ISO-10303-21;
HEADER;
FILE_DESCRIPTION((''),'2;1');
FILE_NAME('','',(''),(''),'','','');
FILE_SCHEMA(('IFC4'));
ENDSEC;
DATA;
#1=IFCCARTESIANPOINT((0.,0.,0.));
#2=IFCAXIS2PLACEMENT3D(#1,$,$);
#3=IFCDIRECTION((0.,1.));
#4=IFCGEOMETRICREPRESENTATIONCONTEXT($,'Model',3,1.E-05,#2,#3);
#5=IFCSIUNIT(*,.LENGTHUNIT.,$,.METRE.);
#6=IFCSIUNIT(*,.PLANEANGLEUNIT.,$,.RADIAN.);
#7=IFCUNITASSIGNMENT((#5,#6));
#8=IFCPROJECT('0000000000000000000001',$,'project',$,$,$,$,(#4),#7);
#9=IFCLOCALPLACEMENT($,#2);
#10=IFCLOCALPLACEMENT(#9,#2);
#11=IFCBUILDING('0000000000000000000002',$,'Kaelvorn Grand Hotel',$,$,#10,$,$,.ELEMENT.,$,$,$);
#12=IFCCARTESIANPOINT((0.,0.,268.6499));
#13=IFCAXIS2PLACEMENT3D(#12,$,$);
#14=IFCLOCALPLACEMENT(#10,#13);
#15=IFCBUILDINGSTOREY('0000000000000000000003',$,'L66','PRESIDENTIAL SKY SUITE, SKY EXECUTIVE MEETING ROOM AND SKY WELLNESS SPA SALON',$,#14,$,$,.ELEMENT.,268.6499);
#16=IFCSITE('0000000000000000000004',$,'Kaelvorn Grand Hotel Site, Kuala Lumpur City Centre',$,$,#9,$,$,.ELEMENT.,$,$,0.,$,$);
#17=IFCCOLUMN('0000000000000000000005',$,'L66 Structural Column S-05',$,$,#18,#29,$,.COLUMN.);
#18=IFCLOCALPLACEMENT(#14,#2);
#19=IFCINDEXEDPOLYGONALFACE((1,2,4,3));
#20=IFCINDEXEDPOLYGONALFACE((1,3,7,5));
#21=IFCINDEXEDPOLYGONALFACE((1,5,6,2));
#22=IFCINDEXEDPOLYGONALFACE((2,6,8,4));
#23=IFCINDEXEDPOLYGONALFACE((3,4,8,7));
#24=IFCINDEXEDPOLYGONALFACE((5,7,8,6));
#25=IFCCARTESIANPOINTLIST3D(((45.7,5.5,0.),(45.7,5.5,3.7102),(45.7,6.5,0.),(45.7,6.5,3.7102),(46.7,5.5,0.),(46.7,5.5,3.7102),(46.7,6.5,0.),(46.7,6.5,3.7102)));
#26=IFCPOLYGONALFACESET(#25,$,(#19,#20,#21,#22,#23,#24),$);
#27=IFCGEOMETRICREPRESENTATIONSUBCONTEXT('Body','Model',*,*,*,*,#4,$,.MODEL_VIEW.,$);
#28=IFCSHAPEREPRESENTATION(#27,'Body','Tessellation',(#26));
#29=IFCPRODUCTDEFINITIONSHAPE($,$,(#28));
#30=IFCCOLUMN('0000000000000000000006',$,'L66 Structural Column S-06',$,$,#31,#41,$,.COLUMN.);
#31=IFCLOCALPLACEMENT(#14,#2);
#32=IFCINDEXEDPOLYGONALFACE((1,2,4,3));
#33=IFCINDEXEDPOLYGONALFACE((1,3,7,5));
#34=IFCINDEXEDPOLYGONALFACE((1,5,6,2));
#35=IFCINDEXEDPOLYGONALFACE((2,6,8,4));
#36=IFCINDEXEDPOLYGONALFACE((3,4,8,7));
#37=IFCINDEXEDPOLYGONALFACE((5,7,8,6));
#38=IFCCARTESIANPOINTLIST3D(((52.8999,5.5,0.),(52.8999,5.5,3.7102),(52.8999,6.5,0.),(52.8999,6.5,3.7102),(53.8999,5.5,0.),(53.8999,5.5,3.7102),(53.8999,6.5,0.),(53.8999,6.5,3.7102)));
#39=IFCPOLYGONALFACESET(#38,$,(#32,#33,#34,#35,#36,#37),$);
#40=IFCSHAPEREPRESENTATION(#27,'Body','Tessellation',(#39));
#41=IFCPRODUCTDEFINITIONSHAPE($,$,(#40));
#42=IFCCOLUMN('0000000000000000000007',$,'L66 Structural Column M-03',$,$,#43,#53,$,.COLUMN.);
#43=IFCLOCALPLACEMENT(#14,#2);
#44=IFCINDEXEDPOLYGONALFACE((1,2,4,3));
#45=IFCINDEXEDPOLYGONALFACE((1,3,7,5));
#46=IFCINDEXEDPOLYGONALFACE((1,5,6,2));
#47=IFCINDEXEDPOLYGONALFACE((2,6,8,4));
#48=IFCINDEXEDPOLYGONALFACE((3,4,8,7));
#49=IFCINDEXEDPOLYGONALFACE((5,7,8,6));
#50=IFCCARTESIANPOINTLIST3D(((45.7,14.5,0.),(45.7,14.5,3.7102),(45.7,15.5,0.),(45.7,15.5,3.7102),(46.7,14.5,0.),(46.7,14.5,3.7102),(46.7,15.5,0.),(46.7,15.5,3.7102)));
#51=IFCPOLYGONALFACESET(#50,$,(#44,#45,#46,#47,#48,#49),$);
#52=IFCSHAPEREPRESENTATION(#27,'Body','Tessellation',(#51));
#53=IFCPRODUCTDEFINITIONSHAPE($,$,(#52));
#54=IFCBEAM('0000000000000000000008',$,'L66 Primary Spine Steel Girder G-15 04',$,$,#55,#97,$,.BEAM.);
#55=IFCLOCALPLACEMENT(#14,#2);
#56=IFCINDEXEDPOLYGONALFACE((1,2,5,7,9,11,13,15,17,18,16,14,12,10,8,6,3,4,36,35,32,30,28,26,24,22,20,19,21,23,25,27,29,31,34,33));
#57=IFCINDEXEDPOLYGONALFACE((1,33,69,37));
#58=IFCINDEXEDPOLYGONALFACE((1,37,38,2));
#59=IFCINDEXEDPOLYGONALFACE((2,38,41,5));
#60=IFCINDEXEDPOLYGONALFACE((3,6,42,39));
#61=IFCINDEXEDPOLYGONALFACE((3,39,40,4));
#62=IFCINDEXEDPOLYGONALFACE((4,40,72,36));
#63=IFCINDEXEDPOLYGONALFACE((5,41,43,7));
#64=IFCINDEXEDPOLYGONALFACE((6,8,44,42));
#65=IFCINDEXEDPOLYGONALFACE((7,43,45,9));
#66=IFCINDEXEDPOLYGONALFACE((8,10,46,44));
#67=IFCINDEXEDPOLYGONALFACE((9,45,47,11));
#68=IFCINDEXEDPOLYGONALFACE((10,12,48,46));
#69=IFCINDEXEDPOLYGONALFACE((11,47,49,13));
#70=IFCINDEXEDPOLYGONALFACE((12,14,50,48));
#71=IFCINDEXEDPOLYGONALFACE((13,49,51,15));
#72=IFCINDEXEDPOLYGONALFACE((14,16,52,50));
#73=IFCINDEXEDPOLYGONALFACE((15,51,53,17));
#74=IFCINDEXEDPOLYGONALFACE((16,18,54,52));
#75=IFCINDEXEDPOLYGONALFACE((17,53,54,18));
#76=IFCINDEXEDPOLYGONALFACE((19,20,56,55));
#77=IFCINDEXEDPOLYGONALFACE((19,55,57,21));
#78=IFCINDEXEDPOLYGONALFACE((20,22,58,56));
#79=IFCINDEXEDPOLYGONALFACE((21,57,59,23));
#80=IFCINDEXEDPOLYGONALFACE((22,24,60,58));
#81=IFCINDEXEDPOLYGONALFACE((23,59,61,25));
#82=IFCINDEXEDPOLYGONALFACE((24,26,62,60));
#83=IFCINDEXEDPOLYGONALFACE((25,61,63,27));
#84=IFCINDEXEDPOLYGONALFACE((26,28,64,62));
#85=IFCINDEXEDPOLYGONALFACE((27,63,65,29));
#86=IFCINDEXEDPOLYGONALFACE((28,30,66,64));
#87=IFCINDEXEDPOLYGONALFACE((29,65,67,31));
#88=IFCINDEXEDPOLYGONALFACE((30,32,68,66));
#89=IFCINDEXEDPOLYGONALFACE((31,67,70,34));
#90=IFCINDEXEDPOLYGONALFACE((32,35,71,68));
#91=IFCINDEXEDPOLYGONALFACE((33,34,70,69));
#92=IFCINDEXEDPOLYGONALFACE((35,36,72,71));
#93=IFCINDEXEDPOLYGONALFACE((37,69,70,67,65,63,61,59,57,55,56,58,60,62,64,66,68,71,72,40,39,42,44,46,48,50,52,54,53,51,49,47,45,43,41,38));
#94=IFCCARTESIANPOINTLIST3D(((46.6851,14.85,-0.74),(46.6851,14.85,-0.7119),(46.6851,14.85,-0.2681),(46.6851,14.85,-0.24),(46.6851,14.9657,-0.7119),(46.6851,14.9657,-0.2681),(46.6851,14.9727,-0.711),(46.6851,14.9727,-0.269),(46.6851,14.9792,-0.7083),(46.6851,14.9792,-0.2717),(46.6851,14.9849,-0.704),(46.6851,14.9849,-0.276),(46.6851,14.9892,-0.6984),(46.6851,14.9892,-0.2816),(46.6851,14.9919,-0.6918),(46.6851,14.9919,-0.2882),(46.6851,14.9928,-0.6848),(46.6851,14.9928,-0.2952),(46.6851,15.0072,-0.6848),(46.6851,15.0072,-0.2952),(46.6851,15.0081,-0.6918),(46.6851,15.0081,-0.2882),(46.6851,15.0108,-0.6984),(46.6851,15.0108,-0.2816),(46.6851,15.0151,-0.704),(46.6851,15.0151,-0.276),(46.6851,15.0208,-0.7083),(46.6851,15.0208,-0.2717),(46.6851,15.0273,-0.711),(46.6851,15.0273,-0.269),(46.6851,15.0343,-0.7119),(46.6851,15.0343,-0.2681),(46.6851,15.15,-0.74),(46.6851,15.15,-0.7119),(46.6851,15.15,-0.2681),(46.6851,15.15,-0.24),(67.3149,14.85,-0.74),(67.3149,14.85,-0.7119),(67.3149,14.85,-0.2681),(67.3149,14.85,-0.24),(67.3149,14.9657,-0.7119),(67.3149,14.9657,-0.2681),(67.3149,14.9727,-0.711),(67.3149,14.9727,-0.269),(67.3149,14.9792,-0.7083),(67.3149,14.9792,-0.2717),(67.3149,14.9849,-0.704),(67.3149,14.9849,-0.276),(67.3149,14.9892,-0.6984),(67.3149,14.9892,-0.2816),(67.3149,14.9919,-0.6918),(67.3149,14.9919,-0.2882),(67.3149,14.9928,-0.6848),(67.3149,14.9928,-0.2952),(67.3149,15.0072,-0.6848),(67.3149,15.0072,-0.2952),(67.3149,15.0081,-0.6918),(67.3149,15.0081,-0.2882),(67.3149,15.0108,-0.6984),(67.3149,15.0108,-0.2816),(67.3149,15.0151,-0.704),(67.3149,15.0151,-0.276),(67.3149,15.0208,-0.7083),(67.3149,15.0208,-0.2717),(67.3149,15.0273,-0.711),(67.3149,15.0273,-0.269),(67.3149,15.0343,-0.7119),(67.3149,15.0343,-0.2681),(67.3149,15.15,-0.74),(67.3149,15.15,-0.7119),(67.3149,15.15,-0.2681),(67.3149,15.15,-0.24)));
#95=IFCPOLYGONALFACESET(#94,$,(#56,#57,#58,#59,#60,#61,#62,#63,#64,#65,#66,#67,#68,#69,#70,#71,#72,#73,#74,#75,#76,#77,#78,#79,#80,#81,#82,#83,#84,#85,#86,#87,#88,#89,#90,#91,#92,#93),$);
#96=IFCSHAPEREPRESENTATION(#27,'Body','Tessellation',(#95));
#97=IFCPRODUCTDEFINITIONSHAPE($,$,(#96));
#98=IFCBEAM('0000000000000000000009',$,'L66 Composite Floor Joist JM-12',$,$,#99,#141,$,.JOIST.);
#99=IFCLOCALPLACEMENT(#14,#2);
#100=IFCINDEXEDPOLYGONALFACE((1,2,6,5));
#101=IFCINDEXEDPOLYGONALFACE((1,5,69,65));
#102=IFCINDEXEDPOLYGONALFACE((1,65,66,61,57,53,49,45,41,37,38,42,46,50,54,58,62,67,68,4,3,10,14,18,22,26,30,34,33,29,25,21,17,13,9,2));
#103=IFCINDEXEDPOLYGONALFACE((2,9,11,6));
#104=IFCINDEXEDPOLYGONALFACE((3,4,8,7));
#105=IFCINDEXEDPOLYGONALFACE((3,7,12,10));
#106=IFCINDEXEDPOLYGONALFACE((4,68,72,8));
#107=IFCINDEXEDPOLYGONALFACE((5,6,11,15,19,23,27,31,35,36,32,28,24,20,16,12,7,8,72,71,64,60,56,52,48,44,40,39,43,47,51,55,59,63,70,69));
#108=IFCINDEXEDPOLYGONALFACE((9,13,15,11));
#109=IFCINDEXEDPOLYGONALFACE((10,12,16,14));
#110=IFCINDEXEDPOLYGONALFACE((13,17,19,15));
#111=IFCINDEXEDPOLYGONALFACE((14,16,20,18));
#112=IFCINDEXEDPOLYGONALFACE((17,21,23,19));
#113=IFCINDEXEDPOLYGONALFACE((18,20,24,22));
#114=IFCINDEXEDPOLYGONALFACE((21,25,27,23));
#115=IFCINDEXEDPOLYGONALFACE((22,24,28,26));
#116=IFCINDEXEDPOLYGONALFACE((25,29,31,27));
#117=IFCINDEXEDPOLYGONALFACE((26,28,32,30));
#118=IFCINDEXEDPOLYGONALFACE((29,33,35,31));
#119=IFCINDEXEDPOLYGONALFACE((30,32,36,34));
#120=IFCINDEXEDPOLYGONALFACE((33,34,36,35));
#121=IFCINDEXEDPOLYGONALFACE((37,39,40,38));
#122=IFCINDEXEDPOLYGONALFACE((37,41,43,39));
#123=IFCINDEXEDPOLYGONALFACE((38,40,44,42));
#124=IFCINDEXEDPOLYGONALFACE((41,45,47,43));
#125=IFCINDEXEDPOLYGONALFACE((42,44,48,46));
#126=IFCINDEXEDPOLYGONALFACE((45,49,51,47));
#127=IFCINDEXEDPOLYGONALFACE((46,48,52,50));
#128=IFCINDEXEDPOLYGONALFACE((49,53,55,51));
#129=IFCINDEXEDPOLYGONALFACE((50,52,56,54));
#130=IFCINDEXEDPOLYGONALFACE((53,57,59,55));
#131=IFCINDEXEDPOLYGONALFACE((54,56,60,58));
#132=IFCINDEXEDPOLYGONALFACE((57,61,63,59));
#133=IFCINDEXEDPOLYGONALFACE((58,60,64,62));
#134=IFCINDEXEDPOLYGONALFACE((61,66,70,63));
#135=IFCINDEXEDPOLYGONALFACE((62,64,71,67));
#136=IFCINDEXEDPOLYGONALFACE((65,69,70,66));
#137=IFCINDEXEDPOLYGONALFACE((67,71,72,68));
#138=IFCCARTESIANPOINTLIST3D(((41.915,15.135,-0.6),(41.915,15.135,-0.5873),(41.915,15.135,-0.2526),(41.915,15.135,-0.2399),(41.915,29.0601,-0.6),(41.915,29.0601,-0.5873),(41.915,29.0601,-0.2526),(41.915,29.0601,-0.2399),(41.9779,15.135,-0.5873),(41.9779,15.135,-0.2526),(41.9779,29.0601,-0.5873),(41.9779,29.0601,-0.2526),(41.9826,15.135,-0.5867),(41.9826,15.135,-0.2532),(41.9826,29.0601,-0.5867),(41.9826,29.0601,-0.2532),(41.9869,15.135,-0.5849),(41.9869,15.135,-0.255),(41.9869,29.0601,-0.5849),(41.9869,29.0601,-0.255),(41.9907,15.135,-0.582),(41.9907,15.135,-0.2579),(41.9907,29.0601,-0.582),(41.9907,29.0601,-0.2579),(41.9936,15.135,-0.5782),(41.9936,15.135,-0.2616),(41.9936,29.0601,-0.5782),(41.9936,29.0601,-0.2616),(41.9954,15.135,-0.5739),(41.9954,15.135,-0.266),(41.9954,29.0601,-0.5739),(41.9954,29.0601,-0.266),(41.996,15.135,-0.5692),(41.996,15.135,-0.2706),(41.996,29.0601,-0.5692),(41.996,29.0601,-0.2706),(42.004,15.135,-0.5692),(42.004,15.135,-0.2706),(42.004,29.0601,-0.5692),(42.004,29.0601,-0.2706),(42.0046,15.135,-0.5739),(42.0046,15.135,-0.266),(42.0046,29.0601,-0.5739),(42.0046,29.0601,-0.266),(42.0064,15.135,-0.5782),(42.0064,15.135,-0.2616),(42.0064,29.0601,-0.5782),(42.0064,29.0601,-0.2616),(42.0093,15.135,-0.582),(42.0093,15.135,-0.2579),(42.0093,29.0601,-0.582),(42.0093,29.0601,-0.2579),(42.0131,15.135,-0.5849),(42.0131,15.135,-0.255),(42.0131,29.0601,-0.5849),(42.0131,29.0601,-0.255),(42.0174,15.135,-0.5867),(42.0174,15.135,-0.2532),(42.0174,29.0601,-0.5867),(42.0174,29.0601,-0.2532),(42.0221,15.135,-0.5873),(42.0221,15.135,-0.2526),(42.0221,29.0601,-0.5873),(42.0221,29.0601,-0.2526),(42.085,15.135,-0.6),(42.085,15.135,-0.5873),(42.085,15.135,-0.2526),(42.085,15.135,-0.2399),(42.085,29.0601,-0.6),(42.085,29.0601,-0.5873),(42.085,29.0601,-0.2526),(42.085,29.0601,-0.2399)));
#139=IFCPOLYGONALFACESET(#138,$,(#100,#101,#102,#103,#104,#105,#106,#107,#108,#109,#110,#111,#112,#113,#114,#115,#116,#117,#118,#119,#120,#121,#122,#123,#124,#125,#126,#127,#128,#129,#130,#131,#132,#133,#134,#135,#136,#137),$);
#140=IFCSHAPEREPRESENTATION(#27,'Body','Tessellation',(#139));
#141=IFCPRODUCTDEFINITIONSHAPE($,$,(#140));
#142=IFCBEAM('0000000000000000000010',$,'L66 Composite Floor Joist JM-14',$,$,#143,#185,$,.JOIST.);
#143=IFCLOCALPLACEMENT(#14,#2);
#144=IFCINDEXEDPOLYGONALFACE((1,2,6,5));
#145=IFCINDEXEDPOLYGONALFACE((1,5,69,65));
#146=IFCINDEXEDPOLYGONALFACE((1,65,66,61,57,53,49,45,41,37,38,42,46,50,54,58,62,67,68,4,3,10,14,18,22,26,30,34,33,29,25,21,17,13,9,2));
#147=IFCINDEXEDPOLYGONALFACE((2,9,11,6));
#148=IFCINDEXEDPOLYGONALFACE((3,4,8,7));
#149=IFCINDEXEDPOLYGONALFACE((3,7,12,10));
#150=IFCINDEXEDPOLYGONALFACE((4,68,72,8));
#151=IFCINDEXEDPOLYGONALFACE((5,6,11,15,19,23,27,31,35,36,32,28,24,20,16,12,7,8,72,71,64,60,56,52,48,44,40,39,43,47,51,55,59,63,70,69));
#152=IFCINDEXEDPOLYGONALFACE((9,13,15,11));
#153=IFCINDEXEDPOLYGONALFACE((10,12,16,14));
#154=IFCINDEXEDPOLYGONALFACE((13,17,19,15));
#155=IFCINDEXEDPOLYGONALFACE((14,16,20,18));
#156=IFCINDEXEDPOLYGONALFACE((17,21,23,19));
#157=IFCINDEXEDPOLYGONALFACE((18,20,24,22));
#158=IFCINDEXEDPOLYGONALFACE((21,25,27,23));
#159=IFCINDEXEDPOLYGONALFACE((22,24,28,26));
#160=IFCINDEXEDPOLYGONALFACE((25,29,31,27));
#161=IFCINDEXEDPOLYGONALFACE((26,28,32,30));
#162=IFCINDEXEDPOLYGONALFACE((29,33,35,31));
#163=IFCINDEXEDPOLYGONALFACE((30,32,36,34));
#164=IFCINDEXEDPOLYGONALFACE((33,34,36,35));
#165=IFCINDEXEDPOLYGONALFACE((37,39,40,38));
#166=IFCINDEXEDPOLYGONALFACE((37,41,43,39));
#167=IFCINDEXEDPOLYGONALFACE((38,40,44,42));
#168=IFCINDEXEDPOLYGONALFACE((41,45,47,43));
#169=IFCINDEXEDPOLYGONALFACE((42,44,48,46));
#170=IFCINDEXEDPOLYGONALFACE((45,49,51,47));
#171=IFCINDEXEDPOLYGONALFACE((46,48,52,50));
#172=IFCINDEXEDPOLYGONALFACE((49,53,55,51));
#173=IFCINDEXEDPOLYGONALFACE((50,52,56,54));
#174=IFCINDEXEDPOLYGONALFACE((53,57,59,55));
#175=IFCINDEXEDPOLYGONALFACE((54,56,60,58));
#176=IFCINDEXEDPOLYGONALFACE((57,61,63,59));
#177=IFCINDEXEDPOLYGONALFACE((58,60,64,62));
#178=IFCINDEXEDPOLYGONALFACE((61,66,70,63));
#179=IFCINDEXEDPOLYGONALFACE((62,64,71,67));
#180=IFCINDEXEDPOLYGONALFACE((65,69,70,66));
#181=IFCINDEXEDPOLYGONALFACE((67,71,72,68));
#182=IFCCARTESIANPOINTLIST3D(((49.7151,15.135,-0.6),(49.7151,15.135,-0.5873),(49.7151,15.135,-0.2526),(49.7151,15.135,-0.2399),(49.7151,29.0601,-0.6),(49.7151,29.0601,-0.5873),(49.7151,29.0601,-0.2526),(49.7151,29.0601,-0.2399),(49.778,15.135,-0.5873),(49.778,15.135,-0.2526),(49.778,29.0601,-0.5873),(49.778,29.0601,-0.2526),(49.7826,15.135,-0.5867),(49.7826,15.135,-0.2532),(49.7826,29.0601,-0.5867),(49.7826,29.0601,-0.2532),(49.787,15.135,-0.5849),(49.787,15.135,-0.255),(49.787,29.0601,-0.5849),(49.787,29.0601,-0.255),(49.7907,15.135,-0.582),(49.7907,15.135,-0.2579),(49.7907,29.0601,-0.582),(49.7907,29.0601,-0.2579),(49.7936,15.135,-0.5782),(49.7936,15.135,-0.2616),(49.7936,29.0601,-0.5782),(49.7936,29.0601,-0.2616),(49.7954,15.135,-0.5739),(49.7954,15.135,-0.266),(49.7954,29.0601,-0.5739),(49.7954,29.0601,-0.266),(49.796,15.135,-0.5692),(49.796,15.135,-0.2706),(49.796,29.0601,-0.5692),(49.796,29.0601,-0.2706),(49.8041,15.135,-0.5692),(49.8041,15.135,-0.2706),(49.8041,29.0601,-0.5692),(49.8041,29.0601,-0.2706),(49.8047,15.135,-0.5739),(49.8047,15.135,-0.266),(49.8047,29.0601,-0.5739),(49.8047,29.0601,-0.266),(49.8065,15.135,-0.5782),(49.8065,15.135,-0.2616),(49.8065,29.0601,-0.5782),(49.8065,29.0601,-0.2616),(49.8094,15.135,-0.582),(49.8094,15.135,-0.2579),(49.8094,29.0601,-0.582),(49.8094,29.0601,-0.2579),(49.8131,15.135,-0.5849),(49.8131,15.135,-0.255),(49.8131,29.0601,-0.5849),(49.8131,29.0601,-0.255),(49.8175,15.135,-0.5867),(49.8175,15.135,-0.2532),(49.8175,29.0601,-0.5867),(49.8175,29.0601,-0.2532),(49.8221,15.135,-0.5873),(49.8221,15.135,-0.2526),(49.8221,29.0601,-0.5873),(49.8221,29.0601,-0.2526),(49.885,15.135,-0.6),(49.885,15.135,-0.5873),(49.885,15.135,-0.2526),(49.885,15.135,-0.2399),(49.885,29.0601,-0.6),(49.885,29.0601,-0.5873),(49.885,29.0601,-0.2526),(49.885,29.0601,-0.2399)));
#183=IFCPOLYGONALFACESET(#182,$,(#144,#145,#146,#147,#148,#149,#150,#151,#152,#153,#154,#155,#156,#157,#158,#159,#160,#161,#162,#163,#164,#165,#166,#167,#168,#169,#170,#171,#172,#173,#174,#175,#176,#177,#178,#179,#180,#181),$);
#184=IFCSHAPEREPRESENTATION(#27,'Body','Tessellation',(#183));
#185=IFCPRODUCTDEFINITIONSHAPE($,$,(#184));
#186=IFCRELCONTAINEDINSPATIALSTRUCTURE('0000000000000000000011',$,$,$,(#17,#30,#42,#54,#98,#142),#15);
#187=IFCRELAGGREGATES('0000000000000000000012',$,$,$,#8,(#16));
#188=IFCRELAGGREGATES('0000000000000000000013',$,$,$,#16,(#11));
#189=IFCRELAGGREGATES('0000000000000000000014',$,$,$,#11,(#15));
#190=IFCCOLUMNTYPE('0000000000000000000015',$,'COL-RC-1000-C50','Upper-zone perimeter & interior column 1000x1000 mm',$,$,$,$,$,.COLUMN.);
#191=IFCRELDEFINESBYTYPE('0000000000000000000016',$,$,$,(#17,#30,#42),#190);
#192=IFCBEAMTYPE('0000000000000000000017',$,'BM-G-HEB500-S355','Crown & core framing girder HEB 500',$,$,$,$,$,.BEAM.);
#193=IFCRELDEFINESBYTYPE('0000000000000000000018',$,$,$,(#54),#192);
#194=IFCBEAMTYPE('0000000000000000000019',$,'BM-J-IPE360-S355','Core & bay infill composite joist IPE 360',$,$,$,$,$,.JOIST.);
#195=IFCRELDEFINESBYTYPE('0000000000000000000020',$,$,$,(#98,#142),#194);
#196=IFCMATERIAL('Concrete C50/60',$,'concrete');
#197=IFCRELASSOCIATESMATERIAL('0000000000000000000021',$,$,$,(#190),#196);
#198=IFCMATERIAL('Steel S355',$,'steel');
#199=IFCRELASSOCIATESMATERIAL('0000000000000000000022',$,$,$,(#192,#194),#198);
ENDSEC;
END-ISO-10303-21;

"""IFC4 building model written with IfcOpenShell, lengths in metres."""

from ifc_helpers import new_model, si_unit, direction, frame, origin, origin_2d, place, context, subcontext, project, spatial, rectangle, i_section, extrude, material, material_profile, profile_set, type_object, element, save


model = new_model("IFC4")

# Units and contexts
model_context = context("Model", 3, precision=1e-05, world=origin(), true_north=direction((0.0, 1.0)))
body_context = subcontext(model_context, "Body", "Model", "MODEL_VIEW")
ifc_project = project(units=[si_unit("LENGTHUNIT", "METRE"), si_unit("PLANEANGLEUNIT", "RADIAN")], contexts=[model_context])

# Site, building, storey
site_placement = place(None, origin())
site = spatial("IfcSite", under=ifc_project, at=site_placement, Name="Kaelvorn Grand Hotel Site, Kuala Lumpur City Centre", CompositionType="ELEMENT", RefElevation=0.0)
building_placement = place(site_placement, origin())
building = spatial("IfcBuilding", under=site, at=building_placement, Name="Kaelvorn Grand Hotel", CompositionType="ELEMENT")
storey_placement = place(building_placement, frame((0.0, 0.0, 268.6499)))
storey = spatial("IfcBuildingStorey", under=building, at=storey_placement, Name="L66", Description="PRESIDENTIAL SKY SUITE, SKY EXECUTIVE MEETING ROOM AND SKY WELLNESS SPA SALON", CompositionType="ELEMENT", Elevation=268.6499)

# Columns
ifc_material_1 = material(Name="Concrete C50/60", Category="concrete")
ifc_material_profile_1 = material_profile(ifc_material_1, rectangle(XDim=1.0, YDim=1.0, at=origin_2d()), Name="RC COL 1000x1000")
ifc_profile_set_1 = profile_set([ifc_material_profile_1], Name="Concrete C50/60")
column_type = type_object("IfcColumnType", Name="COL-RC-1000-C50", Description="Upper-zone perimeter & interior column 1000x1000 mm", PredefinedType="COLUMN", material=ifc_profile_set_1)
for number, where, z_axis, x_axis, name in (
    (1, (46.2, 6.0, 0.0), (0.0, 0.0, 1.0), (1.0, 0.0, 0.0), "L66 Structural Column S-05"),
    (2, (53.3999, 6.0, 0.0), (0.0, 0.0, 1.0), (1.0, 0.0, 0.0), "L66 Structural Column S-06"),
    (3, (46.2, 15.0, 0.0), (0.0, 0.0, 1.0), (1.0, 0.0, 0.0), "L66 Structural Column M-03"),
):
    element("IfcColumn", number, at=place(storey_placement, frame(where, z_axis=z_axis, x_axis=x_axis)), inside=storey, type_object=column_type, Name=name, PredefinedType="COLUMN", context=body_context, shape_type="SweptSolid", body=[
        extrude(rectangle(XDim=1.0, YDim=1.0, at=origin_2d()), origin(), (0.0, 0.0, 1.0), 3.7102),
    ])

# Beams
ifc_material_2 = material(Name="Steel S355", Category="steel")
ifc_material_profile_2 = material_profile(ifc_material_2, i_section(OverallWidth=0.3, OverallDepth=0.5, WebThickness=0.0144, FlangeThickness=0.0281, FilletRadius=0.0271, at=origin_2d()), Name="HEB 500")
ifc_profile_set_2 = profile_set([ifc_material_profile_2], Name="Steel S355")
beam_type_1 = type_object("IfcBeamType", Name="BM-G-HEB500-S355", Description="Crown & core framing girder HEB 500", PredefinedType="BEAM", material=ifc_profile_set_2)
beam_1_placement = place(storey_placement, frame((46.6851, 15.0, -0.49), z_axis=(1.0, 0.0, 0.0), x_axis=(0.0, 1.0, 0.0)))
element("IfcBeam", 4, at=beam_1_placement, inside=storey, type_object=beam_type_1, Name="L66 Primary Spine Steel Girder G-15 04", PredefinedType="BEAM", context=body_context, shape_type="SweptSolid", body=[
    extrude(i_section(OverallWidth=0.3, OverallDepth=0.5, WebThickness=0.0144, FlangeThickness=0.0281, FilletRadius=0.0271, at=origin_2d()), origin(), (0.0, 0.0, 1.0), 20.6299),
])
ifc_material_profile_3 = material_profile(ifc_material_2, i_section(OverallWidth=0.1699, OverallDepth=0.3601, WebThickness=0.0081, FlangeThickness=0.0127, FilletRadius=0.0181, at=origin_2d()), Name="IPE 360")
ifc_profile_set_3 = profile_set([ifc_material_profile_3], Name="Steel S355")
beam_type_2 = type_object("IfcBeamType", Name="BM-J-IPE360-S355", Description="Core & bay infill composite joist IPE 360", PredefinedType="JOIST", material=ifc_profile_set_3)
for number, where, z_axis, x_axis, name in (
    (5, (42.0, 15.135, -0.4199), (0.0, 1.0, 0.0), (-1.0, 0.0, 0.0), "L66 Composite Floor Joist JM-12"),
    (6, (49.8, 15.135, -0.4199), (0.0, 1.0, 0.0), (-1.0, 0.0, 0.0), "L66 Composite Floor Joist JM-14"),
):
    element("IfcBeam", number, at=place(storey_placement, frame(where, z_axis=z_axis, x_axis=x_axis)), inside=storey, type_object=beam_type_2, Name=name, PredefinedType="JOIST", context=body_context, shape_type="SweptSolid", body=[
        extrude(i_section(OverallWidth=0.1699, OverallDepth=0.3601, WebThickness=0.0081, FlangeThickness=0.0127, FilletRadius=0.0181, at=origin_2d()), origin(), (0.0, 0.0, 1.0), 13.925),
    ])

save(model, "model.ifc")
